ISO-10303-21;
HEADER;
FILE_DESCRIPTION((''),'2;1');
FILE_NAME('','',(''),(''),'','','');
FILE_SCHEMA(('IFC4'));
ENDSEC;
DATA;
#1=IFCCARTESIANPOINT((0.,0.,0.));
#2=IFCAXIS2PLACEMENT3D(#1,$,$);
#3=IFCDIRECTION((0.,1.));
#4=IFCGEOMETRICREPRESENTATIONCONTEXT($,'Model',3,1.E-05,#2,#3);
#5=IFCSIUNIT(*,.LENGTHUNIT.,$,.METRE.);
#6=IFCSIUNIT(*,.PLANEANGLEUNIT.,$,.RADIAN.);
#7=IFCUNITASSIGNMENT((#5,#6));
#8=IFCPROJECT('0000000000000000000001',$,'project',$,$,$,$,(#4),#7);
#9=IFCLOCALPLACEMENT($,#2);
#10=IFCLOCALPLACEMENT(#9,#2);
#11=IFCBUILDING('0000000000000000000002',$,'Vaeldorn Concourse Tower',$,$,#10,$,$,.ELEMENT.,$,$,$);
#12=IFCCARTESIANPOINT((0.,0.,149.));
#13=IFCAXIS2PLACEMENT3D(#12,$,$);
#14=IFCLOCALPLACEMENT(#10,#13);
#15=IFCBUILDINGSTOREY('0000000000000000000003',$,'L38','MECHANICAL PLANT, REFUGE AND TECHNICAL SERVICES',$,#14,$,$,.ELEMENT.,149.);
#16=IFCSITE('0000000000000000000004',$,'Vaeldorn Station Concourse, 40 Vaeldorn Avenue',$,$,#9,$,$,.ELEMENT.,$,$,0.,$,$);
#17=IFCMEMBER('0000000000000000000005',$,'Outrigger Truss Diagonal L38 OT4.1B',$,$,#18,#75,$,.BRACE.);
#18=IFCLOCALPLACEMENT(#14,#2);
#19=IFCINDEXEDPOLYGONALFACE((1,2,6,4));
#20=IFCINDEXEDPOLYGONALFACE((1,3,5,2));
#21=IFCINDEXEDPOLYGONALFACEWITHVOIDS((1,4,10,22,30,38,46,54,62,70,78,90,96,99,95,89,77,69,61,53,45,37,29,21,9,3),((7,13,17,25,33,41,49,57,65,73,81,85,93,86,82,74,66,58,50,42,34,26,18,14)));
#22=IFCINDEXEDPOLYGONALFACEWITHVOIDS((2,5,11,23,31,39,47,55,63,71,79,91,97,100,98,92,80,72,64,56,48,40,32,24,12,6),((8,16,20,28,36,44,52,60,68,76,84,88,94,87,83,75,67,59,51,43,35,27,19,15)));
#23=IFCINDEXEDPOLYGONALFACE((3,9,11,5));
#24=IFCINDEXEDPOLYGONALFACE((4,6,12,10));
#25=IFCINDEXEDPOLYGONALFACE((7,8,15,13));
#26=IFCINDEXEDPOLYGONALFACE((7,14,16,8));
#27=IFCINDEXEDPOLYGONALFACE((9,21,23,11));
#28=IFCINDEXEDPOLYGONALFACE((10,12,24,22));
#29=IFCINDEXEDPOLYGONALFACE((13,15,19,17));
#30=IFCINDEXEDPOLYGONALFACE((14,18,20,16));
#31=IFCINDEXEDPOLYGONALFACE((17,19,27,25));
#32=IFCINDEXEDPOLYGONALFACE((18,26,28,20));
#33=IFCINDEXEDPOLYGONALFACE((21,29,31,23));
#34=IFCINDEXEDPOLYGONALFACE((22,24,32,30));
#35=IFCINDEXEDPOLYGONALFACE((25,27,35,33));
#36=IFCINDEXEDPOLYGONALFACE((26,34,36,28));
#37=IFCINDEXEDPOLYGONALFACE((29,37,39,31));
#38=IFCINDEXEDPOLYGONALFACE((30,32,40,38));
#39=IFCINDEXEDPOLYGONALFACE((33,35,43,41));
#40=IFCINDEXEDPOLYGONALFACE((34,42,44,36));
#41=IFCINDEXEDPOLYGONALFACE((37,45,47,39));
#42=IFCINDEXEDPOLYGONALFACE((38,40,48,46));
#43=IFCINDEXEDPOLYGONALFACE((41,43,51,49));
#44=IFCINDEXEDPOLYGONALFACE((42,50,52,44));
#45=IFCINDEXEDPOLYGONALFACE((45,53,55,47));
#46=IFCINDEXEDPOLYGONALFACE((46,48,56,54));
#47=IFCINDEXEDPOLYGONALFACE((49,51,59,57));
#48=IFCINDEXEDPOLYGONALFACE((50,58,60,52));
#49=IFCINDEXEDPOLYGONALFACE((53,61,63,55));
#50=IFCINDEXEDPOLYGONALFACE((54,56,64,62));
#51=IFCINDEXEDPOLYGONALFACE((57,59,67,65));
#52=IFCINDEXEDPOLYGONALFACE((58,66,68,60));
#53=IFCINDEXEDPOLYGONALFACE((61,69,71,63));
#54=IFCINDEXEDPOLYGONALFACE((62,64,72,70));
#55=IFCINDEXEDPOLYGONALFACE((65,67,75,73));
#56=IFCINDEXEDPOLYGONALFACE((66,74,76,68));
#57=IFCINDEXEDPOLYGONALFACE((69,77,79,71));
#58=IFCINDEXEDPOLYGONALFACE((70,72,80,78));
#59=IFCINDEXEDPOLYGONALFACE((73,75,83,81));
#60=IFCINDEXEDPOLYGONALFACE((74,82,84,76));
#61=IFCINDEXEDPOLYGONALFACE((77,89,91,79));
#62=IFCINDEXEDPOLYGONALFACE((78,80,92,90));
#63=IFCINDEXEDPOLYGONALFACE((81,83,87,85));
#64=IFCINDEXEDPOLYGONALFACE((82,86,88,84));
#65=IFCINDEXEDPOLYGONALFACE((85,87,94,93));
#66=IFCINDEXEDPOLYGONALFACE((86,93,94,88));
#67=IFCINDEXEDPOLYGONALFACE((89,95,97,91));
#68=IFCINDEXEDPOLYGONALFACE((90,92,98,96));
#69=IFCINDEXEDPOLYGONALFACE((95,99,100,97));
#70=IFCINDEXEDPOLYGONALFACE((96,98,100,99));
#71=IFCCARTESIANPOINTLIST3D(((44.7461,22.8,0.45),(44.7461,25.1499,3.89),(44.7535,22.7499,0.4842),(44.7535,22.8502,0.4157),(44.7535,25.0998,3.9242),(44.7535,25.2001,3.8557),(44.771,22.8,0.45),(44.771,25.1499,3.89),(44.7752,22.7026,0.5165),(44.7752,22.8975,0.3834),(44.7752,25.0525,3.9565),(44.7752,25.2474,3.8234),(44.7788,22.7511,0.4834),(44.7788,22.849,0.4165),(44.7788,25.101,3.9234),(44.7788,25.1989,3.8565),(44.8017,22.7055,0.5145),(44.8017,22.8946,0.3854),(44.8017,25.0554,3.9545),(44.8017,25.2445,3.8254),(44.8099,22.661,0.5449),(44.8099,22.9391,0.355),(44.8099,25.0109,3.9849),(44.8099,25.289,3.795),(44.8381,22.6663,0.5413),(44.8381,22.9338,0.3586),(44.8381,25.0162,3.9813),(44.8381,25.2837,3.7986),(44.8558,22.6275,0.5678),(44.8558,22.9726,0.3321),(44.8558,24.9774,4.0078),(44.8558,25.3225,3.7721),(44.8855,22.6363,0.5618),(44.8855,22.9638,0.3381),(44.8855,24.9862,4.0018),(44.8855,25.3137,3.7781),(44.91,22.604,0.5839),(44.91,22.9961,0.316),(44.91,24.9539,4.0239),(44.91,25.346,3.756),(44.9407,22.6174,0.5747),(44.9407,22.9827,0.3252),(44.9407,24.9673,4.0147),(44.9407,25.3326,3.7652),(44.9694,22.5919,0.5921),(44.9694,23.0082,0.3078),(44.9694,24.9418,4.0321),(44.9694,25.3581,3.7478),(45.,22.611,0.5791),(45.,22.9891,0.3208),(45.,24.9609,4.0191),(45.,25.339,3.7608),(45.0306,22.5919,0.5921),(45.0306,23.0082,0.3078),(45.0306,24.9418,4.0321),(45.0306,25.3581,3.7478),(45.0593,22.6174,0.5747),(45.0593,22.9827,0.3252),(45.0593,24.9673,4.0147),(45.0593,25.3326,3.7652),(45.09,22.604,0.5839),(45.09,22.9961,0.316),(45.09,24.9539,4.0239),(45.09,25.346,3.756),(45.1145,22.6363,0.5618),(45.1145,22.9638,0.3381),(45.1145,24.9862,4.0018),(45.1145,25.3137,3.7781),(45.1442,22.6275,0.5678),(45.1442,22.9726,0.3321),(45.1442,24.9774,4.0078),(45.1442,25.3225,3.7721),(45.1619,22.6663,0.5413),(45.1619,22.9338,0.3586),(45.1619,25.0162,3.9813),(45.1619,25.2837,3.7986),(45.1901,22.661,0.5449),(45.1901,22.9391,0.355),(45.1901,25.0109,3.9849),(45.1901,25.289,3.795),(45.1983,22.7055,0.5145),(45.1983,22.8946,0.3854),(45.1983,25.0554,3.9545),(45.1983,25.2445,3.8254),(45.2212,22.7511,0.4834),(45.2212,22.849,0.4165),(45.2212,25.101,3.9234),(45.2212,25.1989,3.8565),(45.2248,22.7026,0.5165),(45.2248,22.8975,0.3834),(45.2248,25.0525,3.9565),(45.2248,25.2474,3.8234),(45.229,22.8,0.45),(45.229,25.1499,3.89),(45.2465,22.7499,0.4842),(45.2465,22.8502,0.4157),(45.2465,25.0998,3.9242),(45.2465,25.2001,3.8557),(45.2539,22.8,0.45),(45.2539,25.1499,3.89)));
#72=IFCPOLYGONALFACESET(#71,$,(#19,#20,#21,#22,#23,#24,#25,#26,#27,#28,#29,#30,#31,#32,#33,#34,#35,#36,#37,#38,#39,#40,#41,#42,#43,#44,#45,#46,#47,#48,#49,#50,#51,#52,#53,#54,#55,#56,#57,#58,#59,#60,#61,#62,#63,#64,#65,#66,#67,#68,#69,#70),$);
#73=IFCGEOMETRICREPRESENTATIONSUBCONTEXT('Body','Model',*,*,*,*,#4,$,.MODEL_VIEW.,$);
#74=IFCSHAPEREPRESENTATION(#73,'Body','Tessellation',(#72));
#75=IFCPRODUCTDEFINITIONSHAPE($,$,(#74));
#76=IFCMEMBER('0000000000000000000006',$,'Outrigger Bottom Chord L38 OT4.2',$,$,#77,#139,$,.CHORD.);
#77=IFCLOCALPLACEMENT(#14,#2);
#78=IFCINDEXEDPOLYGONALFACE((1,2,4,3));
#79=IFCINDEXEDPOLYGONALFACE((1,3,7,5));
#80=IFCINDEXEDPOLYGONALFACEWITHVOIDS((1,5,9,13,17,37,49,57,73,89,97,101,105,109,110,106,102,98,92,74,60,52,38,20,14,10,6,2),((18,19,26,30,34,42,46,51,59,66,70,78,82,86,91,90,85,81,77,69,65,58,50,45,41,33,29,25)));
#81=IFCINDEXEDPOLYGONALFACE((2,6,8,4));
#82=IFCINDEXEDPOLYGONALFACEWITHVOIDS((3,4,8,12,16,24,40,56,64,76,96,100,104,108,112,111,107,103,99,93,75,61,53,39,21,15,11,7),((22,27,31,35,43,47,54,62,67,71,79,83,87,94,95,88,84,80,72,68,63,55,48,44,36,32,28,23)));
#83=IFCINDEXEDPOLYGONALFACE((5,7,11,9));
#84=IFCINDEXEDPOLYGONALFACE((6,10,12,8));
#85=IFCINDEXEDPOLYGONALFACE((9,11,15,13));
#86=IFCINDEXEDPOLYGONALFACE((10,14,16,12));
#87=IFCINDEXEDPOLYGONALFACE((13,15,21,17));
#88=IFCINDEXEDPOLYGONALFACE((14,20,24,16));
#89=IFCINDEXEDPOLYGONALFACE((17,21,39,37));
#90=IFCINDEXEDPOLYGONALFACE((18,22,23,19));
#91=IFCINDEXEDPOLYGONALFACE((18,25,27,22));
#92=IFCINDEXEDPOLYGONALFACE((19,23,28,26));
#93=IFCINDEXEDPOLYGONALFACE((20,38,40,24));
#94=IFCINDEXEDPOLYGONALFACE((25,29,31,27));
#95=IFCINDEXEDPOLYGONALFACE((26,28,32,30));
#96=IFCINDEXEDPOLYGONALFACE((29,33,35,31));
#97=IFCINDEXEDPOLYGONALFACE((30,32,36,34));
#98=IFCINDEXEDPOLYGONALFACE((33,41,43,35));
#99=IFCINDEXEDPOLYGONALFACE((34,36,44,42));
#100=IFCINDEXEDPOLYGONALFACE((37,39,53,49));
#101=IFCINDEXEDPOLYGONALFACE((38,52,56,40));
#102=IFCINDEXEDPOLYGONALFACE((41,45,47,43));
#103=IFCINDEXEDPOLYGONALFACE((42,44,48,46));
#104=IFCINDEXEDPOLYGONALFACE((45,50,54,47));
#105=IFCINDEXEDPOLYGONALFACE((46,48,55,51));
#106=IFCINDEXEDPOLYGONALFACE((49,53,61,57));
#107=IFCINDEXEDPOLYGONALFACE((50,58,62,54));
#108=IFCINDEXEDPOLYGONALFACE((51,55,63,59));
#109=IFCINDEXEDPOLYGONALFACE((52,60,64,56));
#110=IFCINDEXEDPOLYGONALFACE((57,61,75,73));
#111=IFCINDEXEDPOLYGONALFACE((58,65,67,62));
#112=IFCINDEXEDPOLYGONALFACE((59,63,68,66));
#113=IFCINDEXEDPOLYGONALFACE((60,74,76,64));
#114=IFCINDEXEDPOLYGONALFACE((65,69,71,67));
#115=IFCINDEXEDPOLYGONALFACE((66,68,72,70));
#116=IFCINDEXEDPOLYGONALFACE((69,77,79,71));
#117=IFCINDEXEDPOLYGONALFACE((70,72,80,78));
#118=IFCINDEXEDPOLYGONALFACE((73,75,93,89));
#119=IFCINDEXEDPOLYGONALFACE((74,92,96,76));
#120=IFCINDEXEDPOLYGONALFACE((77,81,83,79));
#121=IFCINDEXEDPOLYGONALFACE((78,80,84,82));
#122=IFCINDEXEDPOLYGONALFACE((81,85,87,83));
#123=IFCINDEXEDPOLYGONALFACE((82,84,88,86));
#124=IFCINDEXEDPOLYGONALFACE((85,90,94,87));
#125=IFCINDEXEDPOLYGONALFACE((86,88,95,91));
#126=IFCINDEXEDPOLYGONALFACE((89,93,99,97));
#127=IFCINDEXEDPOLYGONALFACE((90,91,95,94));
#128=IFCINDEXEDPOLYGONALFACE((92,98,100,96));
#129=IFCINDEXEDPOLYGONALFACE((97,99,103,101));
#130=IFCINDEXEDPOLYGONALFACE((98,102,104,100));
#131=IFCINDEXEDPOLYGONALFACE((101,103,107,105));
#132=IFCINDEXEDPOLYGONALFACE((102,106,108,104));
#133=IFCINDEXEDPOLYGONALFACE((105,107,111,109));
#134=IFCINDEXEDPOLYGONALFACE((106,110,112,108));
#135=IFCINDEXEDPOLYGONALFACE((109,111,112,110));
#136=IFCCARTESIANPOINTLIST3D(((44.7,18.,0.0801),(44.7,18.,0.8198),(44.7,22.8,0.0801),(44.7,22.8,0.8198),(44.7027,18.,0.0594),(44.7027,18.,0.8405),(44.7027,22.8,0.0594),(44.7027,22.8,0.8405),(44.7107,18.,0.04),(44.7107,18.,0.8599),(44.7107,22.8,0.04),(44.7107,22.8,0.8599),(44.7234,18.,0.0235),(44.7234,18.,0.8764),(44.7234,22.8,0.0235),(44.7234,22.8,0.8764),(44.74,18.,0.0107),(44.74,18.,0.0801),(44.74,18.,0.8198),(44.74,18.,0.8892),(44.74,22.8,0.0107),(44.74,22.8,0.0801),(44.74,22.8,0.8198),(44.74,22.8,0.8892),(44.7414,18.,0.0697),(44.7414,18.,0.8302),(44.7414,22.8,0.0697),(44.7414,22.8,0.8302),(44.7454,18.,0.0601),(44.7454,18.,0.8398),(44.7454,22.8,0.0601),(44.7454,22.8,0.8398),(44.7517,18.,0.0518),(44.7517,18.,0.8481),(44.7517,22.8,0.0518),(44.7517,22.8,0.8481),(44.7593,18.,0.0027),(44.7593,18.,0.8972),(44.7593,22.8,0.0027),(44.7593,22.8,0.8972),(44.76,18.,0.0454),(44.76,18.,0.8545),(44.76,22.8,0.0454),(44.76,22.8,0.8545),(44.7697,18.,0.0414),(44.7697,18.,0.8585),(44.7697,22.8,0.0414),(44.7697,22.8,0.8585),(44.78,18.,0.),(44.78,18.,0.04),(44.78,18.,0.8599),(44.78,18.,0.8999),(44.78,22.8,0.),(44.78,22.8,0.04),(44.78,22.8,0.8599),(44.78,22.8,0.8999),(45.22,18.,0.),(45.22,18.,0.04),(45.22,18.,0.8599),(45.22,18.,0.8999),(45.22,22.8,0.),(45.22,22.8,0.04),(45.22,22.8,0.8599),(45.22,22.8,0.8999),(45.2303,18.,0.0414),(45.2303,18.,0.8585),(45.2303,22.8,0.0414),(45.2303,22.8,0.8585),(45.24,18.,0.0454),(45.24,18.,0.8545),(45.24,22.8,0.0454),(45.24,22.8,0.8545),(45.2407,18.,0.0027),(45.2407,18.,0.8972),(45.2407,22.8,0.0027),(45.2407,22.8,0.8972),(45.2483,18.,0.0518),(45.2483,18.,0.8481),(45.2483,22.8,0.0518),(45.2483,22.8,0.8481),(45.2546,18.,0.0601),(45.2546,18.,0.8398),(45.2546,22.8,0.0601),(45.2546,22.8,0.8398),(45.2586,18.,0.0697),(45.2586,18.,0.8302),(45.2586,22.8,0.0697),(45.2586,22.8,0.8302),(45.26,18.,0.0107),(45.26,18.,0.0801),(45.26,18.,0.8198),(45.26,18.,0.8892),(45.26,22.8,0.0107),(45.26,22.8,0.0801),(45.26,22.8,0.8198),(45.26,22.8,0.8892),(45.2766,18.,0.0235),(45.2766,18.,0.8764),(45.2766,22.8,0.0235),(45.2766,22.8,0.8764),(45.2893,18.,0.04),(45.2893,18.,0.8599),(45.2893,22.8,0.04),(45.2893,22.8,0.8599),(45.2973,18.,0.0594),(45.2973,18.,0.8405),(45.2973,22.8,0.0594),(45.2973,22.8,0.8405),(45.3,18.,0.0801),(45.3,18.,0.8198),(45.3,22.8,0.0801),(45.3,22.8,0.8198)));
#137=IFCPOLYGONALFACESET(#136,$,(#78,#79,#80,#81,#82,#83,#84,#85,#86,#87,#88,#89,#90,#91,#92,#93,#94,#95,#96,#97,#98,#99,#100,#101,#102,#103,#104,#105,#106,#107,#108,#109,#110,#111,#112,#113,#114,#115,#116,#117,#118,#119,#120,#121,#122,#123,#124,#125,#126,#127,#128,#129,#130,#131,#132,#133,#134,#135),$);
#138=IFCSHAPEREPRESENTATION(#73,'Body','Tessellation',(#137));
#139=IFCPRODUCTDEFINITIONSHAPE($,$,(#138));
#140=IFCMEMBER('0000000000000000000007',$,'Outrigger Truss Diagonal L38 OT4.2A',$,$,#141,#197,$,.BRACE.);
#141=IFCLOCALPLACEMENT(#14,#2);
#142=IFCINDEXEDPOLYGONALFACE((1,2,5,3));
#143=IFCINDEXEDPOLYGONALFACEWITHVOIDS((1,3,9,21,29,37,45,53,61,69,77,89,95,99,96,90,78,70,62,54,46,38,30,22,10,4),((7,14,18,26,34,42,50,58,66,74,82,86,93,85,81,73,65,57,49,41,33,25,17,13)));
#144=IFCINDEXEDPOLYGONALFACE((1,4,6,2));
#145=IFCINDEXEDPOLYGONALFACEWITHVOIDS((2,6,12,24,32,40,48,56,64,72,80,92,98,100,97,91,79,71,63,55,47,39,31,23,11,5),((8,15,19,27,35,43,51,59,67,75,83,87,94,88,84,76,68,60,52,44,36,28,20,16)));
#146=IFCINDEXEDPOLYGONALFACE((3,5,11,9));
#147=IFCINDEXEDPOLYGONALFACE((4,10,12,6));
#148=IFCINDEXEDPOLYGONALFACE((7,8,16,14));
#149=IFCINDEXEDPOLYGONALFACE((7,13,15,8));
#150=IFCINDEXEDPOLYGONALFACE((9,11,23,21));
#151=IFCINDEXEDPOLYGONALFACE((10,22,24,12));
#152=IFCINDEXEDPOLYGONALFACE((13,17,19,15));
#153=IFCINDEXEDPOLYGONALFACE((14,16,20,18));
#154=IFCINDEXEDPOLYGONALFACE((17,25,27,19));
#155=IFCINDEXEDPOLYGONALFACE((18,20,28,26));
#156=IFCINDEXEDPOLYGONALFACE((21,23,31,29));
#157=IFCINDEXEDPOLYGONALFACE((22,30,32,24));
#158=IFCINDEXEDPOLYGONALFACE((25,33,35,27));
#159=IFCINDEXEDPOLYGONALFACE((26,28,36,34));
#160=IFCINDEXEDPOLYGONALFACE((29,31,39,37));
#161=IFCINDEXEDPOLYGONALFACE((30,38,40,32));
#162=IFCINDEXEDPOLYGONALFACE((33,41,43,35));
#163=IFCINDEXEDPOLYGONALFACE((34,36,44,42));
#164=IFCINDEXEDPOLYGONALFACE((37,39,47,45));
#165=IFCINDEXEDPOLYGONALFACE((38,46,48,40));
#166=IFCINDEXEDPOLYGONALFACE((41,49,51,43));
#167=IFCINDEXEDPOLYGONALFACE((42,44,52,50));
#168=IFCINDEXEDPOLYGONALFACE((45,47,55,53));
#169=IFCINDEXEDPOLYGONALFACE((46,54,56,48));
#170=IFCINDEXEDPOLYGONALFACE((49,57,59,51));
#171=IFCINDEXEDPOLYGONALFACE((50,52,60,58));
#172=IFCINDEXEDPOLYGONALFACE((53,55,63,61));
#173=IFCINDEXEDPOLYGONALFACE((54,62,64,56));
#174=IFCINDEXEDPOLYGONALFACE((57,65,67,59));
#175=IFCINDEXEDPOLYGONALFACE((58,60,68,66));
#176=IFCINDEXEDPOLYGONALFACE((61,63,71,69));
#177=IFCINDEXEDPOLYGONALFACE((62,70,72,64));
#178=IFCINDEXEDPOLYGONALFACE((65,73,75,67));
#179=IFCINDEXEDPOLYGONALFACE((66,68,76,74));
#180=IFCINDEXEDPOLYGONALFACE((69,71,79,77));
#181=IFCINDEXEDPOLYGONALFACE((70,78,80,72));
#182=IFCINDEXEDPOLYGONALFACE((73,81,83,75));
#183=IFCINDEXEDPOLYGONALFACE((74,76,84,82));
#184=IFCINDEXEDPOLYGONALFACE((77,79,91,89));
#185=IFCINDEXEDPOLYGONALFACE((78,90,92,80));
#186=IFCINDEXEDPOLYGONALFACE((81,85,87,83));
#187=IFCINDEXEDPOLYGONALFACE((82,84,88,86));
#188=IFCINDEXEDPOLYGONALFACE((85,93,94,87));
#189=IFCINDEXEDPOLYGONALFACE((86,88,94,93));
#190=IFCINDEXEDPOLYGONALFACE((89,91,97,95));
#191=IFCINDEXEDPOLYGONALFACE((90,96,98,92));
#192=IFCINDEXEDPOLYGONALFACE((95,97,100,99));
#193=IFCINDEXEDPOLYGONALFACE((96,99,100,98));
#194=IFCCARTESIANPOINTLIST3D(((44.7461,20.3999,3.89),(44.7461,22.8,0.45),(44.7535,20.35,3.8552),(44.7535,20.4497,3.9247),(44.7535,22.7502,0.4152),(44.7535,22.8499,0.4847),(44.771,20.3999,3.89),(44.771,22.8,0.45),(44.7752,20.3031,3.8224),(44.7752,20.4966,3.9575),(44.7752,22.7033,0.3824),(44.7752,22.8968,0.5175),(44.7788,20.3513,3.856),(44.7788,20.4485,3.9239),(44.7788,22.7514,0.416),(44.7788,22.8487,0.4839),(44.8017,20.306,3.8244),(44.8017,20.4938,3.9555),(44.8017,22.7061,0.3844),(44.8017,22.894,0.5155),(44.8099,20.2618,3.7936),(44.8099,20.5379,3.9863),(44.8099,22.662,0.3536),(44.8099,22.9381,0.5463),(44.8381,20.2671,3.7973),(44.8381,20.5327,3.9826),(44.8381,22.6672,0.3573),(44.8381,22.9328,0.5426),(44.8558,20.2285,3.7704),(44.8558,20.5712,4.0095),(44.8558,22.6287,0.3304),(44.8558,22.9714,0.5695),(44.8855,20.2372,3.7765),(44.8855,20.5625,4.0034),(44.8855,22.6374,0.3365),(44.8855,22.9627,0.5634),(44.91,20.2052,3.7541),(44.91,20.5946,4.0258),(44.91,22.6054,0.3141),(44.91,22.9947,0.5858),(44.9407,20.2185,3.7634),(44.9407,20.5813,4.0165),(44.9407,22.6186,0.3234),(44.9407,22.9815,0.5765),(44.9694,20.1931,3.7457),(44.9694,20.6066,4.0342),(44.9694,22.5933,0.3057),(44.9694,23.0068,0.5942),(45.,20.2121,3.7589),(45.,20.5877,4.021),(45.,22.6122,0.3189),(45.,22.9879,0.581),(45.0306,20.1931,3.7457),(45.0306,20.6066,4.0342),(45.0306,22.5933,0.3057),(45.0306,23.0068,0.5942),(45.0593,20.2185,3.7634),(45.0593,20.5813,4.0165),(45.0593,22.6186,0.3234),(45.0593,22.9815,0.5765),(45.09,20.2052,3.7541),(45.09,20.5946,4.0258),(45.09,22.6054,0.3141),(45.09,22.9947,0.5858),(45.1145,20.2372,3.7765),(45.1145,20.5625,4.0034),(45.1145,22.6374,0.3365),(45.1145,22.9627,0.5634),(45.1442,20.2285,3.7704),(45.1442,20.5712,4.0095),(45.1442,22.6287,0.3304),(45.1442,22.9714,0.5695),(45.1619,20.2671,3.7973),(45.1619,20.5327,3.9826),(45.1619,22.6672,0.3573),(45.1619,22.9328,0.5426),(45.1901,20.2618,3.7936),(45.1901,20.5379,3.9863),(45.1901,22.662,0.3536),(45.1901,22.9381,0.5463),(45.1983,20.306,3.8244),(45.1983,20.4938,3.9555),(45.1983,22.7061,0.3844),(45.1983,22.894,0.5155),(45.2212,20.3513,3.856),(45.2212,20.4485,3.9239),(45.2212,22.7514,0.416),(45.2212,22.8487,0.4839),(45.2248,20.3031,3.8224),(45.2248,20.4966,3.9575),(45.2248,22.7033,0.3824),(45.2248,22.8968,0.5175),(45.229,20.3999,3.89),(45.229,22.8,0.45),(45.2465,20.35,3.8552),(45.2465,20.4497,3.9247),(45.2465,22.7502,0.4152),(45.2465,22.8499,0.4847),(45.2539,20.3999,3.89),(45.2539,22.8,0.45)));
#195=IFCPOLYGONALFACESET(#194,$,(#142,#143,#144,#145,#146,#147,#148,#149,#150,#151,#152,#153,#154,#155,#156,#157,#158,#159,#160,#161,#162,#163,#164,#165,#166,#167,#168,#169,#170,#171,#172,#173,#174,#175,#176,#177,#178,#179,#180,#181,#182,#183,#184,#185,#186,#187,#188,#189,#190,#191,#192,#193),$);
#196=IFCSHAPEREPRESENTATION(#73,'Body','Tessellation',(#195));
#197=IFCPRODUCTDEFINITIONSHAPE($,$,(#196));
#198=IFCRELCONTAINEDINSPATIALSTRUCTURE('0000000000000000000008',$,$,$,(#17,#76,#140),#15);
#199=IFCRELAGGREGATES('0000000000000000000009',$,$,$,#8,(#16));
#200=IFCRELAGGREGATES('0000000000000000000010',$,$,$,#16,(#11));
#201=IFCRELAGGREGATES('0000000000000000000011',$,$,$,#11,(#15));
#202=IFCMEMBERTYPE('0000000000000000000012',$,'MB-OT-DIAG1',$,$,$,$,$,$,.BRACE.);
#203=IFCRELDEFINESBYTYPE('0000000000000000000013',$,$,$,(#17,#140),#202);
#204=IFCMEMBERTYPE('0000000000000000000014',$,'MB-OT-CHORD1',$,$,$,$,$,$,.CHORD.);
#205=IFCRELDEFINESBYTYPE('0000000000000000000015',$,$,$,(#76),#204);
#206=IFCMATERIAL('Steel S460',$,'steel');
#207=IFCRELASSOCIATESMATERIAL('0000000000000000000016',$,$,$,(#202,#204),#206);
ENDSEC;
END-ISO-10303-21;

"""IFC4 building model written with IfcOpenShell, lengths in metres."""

from ifc_helpers import new_model, si_unit, direction, frame, origin, origin_2d, place, context, subcontext, project, spatial, hollow_rectangle, hollow_circle, extrude, source, transform, mapped, material, material_profile, profile_set, type_object, element, save


model = new_model("IFC4")

# Units and contexts
model_context = context("Model", 3, precision=1e-05, world=origin(), true_north=direction((0.0, 1.0)))
body_context = subcontext(model_context, "Body", "Model", "MODEL_VIEW")
ifc_project = project(units=[si_unit("LENGTHUNIT", "METRE"), si_unit("PLANEANGLEUNIT", "RADIAN")], contexts=[model_context])

# Site, building, storey
site_placement = place(None, origin())
site = spatial("IfcSite", under=ifc_project, at=site_placement, Name="Vaeldorn Station Concourse, 40 Vaeldorn Avenue", CompositionType="ELEMENT", RefElevation=0.0)
building_placement = place(site_placement, origin())
building = spatial("IfcBuilding", under=site, at=building_placement, Name="Vaeldorn Concourse Tower", CompositionType="ELEMENT")
storey_placement = place(building_placement, frame((0.0, 0.0, 149.0)))
storey = spatial("IfcBuildingStorey", under=building, at=storey_placement, Name="L38", Description="MECHANICAL PLANT, REFUGE AND TECHNICAL SERVICES", CompositionType="ELEMENT", Elevation=149.0)

# Shared definitions
ifc_material_1 = material(Name="Steel S460", Category="steel")

# Members
ifc_material_profile_1 = material_profile(ifc_material_1, hollow_circle(Radius=0.2539, WallThickness=0.0249, at=origin_2d()), Name="CHS 508x25")
ifc_profile_set_1 = profile_set([ifc_material_profile_1], Name="Steel S460")
member_type_1 = type_object("IfcMemberType", Name="MB-OT-DIAG1", PredefinedType="BRACE", material=ifc_profile_set_1)
shared_shape_1 = source(origin(), body_context, "Body", "SweptSolid", [
    extrude(hollow_circle(Radius=0.2539, WallThickness=0.0249, at=origin_2d()), origin(), (0.0, 0.0, 1.0), 4.166),
])
member_1_placement = place(storey_placement, frame((45.0, 22.8, 0.45), z_axis=(0.0, 0.564064, 0.825731), x_axis=(-1.0, 0.0, 0.0)))
element("IfcMember", 1, at=member_1_placement, inside=storey, type_object=member_type_1, Name="Outrigger Truss Diagonal L38 OT4.1B", PredefinedType="BRACE", context=body_context, shape_type="MappedRepresentation", body=[
    mapped(shared_shape_1, transform((0.0, 0.0, 0.0), scale=1.0)),
])
ifc_material_profile_2 = material_profile(ifc_material_1, hollow_rectangle(XDim=0.6001, YDim=0.8999, WallThickness=0.04, InnerFilletRadius=0.04, OuterFilletRadius=0.0801, at=origin_2d()), Name="RHS 900x600x40")
ifc_profile_set_2 = profile_set([ifc_material_profile_2], Name="Steel S460")
member_type_2 = type_object("IfcMemberType", Name="MB-OT-CHORD1", PredefinedType="CHORD", material=ifc_profile_set_2)
shared_shape_2 = source(origin(), body_context, "Body", "SweptSolid", [
    extrude(hollow_rectangle(XDim=0.6001, YDim=0.8999, WallThickness=0.04, InnerFilletRadius=0.04, OuterFilletRadius=0.0801, at=origin_2d()), origin(), (0.0, 0.0, 1.0), 4.8),
])
member_2_placement = place(storey_placement, frame((45.0, 22.8, 0.45), z_axis=(0.0, -1.0, 0.0), x_axis=(1.0, 0.0, 0.0)))
element("IfcMember", 2, at=member_2_placement, inside=storey, type_object=member_type_2, Name="Outrigger Bottom Chord L38 OT4.2", PredefinedType="CHORD", context=body_context, shape_type="MappedRepresentation", body=[
    mapped(shared_shape_2, transform((0.0, 0.0, 0.0), scale=1.0)),
])
shared_shape_3 = source(origin(), body_context, "Body", "SweptSolid", [
    extrude(hollow_circle(Radius=0.2539, WallThickness=0.0249, at=origin_2d()), origin(), (0.0, 0.0, 1.0), 4.1946),
])
member_3_placement = place(storey_placement, frame((45.0, 22.8, 0.45), z_axis=(0.0, -0.572212, 0.820106), x_axis=(1.0, 0.0, 0.0)))
element("IfcMember", 3, at=member_3_placement, inside=storey, type_object=member_type_1, Name="Outrigger Truss Diagonal L38 OT4.2A", PredefinedType="BRACE", context=body_context, shape_type="MappedRepresentation", body=[
    mapped(shared_shape_3, transform((0.0, 0.0, 0.0), scale=1.0)),
])

save(model, "model.ifc")
